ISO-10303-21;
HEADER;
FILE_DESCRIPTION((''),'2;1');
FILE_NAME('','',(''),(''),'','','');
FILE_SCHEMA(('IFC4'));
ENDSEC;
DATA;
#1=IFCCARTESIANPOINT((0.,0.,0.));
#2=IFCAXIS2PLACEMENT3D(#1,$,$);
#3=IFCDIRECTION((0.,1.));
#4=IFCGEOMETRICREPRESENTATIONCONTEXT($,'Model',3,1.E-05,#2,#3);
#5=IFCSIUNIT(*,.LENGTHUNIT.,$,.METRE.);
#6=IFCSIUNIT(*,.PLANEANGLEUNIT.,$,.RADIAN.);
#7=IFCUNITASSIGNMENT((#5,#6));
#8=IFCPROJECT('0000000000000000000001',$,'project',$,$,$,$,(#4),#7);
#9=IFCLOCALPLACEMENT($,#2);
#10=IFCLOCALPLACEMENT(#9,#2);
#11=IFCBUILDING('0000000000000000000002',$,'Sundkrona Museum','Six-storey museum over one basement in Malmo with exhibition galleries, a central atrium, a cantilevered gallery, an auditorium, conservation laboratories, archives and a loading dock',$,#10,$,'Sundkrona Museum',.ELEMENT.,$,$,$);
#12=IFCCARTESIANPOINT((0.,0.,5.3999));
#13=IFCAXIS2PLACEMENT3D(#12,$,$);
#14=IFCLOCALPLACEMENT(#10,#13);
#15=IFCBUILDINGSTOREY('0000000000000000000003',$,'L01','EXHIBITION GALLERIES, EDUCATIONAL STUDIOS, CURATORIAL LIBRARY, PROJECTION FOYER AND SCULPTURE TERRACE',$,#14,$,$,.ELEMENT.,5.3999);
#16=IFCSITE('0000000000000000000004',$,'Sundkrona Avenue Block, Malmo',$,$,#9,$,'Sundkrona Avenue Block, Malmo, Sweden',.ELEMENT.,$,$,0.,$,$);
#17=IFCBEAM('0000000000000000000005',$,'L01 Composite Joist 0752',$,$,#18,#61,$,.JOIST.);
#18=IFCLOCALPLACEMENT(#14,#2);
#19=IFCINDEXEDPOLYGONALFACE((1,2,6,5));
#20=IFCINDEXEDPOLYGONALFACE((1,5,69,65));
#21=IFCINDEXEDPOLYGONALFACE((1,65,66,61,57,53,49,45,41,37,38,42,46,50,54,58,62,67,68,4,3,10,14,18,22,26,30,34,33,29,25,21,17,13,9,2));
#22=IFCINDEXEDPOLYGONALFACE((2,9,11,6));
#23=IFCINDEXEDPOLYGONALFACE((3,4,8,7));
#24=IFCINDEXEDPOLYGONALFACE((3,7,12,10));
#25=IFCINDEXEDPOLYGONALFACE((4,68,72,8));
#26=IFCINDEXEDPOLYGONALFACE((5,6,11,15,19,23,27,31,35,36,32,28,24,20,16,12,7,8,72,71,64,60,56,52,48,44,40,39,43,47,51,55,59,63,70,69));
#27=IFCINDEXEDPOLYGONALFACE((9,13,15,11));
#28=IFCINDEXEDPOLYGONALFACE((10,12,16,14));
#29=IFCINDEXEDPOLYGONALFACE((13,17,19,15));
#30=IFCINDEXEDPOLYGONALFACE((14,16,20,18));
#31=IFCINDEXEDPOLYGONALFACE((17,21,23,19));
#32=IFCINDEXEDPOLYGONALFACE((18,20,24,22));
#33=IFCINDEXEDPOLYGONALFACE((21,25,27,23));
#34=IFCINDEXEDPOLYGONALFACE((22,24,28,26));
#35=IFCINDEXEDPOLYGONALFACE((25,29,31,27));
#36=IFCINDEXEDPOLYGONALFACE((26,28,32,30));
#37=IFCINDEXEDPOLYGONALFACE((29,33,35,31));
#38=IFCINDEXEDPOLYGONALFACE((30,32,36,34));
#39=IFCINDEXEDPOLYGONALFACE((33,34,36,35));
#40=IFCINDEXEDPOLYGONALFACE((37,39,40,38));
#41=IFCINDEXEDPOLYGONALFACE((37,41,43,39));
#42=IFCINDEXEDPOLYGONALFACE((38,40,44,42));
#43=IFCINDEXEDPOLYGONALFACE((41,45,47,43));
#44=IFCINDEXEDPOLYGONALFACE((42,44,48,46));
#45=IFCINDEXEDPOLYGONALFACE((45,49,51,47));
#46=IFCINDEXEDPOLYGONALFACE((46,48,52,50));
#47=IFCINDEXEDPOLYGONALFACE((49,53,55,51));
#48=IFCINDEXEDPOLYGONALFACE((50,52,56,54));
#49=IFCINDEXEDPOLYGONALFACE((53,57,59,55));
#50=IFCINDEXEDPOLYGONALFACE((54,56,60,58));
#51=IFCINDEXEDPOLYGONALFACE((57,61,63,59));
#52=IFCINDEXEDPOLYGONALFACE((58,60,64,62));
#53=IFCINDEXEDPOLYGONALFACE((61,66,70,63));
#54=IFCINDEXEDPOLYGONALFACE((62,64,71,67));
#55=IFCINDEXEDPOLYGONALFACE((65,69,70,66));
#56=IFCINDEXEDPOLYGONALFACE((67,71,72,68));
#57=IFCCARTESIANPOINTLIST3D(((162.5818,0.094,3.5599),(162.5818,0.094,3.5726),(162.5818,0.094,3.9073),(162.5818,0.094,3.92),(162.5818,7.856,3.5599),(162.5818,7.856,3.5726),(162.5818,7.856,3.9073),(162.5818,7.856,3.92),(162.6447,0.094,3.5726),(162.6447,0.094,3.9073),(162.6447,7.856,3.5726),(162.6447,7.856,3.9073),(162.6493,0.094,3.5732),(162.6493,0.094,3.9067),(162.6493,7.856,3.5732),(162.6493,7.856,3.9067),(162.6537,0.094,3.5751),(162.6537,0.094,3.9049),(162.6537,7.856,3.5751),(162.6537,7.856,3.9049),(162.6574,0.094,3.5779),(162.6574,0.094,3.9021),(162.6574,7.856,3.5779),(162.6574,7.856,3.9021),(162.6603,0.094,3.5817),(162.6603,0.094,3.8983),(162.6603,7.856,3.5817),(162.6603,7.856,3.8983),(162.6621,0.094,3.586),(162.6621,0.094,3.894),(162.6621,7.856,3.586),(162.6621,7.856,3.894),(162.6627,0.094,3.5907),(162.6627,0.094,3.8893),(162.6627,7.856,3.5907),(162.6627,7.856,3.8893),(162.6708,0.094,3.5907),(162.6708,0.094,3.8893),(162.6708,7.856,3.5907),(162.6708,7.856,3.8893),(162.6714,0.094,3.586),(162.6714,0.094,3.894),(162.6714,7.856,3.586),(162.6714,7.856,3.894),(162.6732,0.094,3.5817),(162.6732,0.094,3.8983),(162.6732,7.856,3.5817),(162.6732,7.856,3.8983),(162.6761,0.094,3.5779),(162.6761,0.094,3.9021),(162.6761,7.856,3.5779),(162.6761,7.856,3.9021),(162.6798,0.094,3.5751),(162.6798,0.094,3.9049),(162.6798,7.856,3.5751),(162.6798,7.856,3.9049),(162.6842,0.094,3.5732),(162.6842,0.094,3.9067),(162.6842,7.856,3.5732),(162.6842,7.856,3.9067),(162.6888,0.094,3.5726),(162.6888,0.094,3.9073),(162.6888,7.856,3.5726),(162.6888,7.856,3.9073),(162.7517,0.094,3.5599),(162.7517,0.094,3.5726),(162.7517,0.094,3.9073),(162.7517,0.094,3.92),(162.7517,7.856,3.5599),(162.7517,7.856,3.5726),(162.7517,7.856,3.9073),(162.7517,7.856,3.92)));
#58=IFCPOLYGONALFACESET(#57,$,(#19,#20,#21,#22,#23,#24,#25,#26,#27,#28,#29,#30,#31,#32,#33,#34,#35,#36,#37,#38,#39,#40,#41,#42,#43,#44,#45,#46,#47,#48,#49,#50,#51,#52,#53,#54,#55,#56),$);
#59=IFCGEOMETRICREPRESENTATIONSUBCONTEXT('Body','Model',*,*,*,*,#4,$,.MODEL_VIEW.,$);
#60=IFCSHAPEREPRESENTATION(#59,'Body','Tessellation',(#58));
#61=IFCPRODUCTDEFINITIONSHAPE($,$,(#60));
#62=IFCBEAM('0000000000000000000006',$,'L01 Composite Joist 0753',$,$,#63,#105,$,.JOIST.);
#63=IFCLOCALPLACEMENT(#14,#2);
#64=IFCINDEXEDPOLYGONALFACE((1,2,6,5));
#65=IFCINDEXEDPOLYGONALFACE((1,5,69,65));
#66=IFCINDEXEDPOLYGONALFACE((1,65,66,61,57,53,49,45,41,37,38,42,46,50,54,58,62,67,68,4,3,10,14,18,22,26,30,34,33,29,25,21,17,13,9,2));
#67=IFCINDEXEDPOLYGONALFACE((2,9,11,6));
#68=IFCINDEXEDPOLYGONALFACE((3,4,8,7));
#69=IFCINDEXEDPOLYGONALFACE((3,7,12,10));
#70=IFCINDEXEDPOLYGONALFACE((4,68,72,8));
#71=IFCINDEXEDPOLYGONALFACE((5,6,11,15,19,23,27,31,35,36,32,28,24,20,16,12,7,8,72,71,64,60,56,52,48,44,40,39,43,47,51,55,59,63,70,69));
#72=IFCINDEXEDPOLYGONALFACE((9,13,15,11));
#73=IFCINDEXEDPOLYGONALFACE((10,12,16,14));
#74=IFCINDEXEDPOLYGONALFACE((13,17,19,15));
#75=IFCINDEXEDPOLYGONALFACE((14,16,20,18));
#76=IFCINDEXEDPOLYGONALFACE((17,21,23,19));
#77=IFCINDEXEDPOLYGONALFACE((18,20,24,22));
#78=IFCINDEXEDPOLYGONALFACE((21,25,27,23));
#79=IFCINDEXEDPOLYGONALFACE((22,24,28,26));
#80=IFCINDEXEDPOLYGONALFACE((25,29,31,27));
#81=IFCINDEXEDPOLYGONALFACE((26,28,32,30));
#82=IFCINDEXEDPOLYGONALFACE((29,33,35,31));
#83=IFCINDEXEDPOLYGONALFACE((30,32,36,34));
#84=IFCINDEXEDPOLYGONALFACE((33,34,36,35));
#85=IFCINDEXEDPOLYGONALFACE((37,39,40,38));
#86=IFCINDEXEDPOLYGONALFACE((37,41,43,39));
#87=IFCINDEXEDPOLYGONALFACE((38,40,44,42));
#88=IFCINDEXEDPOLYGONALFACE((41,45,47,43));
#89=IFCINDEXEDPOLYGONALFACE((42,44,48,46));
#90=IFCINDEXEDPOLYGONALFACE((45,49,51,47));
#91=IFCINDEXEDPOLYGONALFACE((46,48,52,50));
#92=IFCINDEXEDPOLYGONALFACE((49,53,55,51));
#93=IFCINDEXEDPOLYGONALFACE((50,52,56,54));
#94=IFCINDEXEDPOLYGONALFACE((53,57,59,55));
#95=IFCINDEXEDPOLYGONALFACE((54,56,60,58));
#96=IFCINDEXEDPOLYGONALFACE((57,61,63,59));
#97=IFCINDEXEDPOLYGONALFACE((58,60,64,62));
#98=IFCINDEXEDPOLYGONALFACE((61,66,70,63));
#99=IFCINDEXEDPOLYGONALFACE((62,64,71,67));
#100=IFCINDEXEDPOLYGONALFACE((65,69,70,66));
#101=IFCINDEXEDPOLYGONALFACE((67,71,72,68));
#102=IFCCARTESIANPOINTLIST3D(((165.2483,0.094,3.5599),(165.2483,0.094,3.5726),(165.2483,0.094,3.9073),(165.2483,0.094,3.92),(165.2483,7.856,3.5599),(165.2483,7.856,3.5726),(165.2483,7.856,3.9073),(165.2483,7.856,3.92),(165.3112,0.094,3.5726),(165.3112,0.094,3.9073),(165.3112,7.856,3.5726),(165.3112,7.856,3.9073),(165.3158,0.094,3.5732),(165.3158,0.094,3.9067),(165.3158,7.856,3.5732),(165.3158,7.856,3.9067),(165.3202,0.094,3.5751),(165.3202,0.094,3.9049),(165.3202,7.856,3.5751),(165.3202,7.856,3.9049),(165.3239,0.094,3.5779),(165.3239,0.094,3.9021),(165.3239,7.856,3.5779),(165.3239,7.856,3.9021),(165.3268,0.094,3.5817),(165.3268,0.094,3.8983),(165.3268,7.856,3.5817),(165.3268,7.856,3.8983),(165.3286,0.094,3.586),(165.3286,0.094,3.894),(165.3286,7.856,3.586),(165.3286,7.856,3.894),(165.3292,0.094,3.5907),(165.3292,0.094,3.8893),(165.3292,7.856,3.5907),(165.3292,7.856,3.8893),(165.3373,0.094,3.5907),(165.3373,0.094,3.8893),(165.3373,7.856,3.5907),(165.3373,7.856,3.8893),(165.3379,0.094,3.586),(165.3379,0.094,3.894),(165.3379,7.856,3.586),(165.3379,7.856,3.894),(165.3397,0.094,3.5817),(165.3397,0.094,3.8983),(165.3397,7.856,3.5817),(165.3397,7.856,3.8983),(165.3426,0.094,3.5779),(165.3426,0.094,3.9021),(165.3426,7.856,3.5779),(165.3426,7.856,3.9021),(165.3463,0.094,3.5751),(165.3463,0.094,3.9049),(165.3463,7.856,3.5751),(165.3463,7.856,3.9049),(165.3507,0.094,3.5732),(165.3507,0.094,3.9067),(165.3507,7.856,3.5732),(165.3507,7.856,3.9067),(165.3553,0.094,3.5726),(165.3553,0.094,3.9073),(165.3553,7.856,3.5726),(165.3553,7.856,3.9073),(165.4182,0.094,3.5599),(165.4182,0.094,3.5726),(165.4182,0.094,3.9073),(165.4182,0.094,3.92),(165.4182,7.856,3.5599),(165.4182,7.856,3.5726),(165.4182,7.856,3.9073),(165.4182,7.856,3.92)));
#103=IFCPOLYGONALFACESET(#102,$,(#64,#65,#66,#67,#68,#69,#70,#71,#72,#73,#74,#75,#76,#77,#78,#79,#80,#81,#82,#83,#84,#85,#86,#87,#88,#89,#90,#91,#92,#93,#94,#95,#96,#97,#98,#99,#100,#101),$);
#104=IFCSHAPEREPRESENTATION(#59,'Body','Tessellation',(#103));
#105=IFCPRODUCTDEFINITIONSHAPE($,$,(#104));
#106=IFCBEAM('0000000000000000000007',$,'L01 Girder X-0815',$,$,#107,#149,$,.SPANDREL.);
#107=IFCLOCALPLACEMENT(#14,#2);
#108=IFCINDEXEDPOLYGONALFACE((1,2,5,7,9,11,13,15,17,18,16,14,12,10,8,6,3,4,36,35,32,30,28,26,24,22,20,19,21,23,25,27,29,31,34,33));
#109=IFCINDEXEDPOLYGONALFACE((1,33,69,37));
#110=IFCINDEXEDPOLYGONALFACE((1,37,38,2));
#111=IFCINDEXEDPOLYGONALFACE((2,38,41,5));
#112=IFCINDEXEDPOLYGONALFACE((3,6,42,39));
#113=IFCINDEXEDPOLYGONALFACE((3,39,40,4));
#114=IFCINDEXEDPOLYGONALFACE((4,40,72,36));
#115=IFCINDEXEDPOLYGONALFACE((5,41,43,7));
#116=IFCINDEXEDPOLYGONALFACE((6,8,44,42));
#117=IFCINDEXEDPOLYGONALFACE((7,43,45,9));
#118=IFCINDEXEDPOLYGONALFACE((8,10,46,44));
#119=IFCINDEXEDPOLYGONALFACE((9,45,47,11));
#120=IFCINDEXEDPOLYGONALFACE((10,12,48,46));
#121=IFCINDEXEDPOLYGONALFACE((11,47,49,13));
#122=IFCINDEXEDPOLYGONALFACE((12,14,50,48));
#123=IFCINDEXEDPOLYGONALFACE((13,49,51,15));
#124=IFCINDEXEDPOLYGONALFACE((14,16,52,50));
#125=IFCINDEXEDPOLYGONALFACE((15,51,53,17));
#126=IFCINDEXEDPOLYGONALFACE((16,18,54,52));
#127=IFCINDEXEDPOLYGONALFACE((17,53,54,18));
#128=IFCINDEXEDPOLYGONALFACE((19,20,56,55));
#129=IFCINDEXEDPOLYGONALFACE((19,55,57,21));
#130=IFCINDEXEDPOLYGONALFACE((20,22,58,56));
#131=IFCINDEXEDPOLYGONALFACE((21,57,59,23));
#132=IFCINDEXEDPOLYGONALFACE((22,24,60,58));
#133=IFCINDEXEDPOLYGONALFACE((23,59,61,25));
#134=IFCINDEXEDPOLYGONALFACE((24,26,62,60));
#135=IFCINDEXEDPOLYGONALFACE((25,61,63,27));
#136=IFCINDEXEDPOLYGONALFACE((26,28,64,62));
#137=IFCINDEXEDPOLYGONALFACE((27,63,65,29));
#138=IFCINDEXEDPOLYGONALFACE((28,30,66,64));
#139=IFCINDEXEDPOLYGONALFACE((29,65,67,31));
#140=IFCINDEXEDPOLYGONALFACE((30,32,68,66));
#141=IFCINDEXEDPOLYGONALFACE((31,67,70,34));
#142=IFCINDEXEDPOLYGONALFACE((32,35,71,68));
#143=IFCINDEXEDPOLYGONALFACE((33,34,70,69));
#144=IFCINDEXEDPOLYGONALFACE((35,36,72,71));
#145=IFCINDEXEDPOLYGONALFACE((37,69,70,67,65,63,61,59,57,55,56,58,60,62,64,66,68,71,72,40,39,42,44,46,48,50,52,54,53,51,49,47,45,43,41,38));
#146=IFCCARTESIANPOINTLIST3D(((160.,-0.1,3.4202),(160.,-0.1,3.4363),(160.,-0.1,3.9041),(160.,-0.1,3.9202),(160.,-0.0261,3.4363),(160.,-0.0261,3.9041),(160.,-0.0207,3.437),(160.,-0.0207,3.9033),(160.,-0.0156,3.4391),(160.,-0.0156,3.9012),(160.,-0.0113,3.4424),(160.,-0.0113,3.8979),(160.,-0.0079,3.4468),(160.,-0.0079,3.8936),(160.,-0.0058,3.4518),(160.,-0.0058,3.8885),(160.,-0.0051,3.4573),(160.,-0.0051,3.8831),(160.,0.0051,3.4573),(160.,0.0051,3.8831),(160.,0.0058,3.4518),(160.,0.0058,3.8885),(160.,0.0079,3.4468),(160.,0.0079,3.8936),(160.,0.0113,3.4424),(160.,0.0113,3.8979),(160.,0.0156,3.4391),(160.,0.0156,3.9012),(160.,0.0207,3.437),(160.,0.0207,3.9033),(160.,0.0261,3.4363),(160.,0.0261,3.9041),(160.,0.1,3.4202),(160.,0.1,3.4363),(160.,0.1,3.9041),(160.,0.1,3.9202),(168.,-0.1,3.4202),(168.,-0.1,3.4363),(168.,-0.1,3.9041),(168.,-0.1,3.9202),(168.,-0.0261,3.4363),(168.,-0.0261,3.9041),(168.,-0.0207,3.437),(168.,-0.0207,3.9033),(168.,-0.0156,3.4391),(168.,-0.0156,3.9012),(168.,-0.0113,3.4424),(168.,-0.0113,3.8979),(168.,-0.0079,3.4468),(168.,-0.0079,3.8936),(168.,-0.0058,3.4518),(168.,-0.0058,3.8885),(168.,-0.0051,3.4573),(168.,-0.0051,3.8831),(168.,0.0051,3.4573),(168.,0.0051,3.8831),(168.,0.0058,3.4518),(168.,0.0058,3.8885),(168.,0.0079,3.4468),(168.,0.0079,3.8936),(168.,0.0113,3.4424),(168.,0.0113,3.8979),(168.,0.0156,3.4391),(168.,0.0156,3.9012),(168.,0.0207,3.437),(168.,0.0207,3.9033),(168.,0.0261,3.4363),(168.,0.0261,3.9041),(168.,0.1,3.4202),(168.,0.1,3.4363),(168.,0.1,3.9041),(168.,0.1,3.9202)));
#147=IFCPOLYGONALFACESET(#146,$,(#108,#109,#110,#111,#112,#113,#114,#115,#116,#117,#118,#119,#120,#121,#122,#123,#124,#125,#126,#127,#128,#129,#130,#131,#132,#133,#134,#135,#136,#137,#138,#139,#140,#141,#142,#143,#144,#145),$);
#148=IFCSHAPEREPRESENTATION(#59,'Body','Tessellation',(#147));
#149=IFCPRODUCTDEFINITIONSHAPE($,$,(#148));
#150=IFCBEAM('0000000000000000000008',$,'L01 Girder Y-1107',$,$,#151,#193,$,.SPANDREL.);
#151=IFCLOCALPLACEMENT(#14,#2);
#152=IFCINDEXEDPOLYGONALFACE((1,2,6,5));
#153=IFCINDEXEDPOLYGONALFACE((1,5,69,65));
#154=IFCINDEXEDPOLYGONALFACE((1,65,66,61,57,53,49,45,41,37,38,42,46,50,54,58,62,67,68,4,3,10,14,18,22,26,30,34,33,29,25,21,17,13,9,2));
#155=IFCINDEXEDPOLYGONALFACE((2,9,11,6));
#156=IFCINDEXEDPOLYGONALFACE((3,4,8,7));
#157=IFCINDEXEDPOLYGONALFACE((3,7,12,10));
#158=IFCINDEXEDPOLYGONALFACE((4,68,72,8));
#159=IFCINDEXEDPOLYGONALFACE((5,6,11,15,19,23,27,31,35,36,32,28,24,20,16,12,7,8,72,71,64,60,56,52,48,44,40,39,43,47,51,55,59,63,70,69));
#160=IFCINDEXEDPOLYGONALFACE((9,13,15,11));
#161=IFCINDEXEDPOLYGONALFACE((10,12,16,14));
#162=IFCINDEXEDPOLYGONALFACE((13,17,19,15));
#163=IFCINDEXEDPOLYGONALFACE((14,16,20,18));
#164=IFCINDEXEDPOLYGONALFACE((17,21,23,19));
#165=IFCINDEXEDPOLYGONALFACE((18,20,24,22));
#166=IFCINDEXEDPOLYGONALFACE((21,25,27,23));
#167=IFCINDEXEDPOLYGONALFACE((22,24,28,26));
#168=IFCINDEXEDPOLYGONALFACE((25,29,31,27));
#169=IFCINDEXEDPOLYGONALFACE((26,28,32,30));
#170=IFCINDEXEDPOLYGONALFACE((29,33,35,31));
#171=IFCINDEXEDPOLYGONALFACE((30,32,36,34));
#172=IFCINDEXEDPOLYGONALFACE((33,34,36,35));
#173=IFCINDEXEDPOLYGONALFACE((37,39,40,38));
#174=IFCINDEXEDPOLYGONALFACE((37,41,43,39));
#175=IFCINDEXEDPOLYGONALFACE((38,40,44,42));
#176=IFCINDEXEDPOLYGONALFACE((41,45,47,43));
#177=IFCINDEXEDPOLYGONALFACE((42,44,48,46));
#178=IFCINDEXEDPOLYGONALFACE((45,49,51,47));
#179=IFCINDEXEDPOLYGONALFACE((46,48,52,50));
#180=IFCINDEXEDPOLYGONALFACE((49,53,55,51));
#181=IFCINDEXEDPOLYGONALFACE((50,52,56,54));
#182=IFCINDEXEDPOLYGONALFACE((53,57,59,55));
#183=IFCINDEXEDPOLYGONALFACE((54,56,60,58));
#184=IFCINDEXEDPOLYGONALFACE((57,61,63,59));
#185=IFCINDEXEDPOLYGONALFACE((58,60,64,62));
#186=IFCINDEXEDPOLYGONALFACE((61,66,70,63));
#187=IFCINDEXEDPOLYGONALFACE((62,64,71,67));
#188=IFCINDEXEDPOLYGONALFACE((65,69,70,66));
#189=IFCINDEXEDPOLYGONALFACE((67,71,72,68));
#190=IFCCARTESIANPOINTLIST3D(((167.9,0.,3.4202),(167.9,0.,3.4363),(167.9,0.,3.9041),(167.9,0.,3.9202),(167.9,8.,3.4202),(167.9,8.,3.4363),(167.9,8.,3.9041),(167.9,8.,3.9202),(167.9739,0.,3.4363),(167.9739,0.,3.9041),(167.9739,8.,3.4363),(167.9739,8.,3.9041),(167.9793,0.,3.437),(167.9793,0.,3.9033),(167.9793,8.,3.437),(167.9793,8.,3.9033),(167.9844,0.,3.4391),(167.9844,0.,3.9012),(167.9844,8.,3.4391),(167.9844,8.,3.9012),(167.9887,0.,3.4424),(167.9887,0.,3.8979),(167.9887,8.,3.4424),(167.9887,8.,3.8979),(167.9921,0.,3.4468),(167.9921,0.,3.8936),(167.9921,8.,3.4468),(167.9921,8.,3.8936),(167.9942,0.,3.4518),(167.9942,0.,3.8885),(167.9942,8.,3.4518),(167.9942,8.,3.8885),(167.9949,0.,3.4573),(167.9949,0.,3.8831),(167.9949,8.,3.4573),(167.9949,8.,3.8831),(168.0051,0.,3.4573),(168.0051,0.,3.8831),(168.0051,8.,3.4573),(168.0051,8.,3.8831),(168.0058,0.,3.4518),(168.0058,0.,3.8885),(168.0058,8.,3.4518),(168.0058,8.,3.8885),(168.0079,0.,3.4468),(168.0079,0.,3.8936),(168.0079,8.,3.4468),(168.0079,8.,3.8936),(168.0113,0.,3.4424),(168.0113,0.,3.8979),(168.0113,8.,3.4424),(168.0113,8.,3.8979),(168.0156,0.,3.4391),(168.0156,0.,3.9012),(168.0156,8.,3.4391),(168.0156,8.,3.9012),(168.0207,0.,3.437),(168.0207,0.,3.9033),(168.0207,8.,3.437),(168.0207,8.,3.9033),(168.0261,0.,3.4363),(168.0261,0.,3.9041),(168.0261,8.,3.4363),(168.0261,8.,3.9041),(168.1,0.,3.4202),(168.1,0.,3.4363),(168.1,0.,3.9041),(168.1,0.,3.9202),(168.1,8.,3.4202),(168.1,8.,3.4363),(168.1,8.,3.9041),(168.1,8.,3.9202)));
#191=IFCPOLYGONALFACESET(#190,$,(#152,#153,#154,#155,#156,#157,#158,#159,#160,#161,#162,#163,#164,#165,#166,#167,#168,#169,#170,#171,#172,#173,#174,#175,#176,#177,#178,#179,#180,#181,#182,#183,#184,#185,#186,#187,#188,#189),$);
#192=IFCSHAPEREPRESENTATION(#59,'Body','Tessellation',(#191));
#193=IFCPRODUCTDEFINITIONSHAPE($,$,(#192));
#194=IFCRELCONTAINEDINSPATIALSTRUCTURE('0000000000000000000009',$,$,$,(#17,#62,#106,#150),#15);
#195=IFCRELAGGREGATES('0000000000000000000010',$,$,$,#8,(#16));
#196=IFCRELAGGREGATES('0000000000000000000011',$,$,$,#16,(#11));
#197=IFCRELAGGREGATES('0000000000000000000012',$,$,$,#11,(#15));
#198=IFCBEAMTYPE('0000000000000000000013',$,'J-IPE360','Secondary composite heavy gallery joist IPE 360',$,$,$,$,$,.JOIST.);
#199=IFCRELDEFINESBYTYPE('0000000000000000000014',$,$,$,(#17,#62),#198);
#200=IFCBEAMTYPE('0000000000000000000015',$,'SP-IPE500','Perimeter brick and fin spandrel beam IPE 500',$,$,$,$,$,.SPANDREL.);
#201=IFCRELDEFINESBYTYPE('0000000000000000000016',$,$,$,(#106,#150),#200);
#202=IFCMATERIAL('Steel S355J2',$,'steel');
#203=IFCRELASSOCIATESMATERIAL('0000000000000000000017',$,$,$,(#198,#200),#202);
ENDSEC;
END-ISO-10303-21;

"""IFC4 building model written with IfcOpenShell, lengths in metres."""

from ifc_helpers import new_model, si_unit, direction, frame, origin, origin_2d, place, context, subcontext, project, spatial, i_section, extrude, material, material_profile, profile_set, type_object, element, save


model = new_model("IFC4")

# Units and contexts
model_context = context("Model", 3, precision=1e-05, world=origin(), true_north=direction((0.0, 1.0)))
body_context = subcontext(model_context, "Body", "Model", "MODEL_VIEW")
ifc_project = project(units=[si_unit("LENGTHUNIT", "METRE"), si_unit("PLANEANGLEUNIT", "RADIAN")], contexts=[model_context])

# Site, building, storey
site_placement = place(None, origin())
site = spatial("IfcSite", under=ifc_project, at=site_placement, Name="Sundkrona Avenue Block, Malmo", LongName="Sundkrona Avenue Block, Malmo, Sweden", CompositionType="ELEMENT", RefElevation=0.0)
building_placement = place(site_placement, origin())
building = spatial("IfcBuilding", under=site, at=building_placement, Name="Sundkrona Museum", Description="Six-storey museum over one basement in Malmo with exhibition galleries, a central atrium, a cantilevered gallery, an auditorium, conservation laboratories, archives and a loading dock", LongName="Sundkrona Museum", CompositionType="ELEMENT")
storey_placement = place(building_placement, frame((0.0, 0.0, 5.3999)))
storey = spatial("IfcBuildingStorey", under=building, at=storey_placement, Name="L01", Description="EXHIBITION GALLERIES, EDUCATIONAL STUDIOS, CURATORIAL LIBRARY, PROJECTION FOYER AND SCULPTURE TERRACE", CompositionType="ELEMENT", Elevation=5.3999)

# Shared definitions
ifc_material_1 = material(Name="Steel S355J2", Category="steel")

# Beams
ifc_material_profile_1 = material_profile(ifc_material_1, i_section(OverallWidth=0.1699, OverallDepth=0.3601, WebThickness=0.0081, FlangeThickness=0.0127, FilletRadius=0.0181, at=origin_2d()), Name="IPE 360")
ifc_profile_set_1 = profile_set([ifc_material_profile_1], Name="Steel S355J2")
beam_type_1 = type_object("IfcBeamType", Name="J-IPE360", Description="Secondary composite heavy gallery joist IPE 360", PredefinedType="JOIST", material=ifc_profile_set_1)
for number, where, z_axis, x_axis, name in (
    (1, (162.6667, 0.094, 3.74), (0.0, 1.0, 0.0), (-1.0, 0.0, 0.0), "L01 Composite Joist 0752"),
    (2, (165.3333, 0.094, 3.74), (0.0, 1.0, 0.0), (-1.0, 0.0, 0.0), "L01 Composite Joist 0753"),
):
    element("IfcBeam", number, at=place(storey_placement, frame(where, z_axis=z_axis, x_axis=x_axis)), inside=storey, type_object=beam_type_1, Name=name, PredefinedType="JOIST", context=body_context, shape_type="SweptSolid", body=[
        extrude(i_section(OverallWidth=0.1699, OverallDepth=0.3601, WebThickness=0.0081, FlangeThickness=0.0127, FilletRadius=0.0181, at=origin_2d()), origin(), (0.0, 0.0, 1.0), 7.762),
    ])
ifc_material_profile_2 = material_profile(ifc_material_1, i_section(OverallWidth=0.2, OverallDepth=0.5, WebThickness=0.0103, FlangeThickness=0.0161, FilletRadius=0.021, at=origin_2d()), Name="IPE 500")
ifc_profile_set_2 = profile_set([ifc_material_profile_2], Name="Steel S355J2")
beam_type_2 = type_object("IfcBeamType", Name="SP-IPE500", Description="Perimeter brick and fin spandrel beam IPE 500", PredefinedType="SPANDREL", material=ifc_profile_set_2)
for number, where, z_axis, x_axis, name in (
    (3, (160.0, 0.0, 3.6702), (1.0, 0.0, 0.0), (0.0, 1.0, 0.0), "L01 Girder X-0815"),
    (4, (168.0, 0.0, 3.6702), (0.0, 1.0, 0.0), (-1.0, 0.0, 0.0), "L01 Girder Y-1107"),
):
    element("IfcBeam", number, at=place(storey_placement, frame(where, z_axis=z_axis, x_axis=x_axis)), inside=storey, type_object=beam_type_2, Name=name, PredefinedType="SPANDREL", context=body_context, shape_type="SweptSolid", body=[
        extrude(i_section(OverallWidth=0.2, OverallDepth=0.5, WebThickness=0.0103, FlangeThickness=0.0161, FilletRadius=0.021, at=origin_2d()), origin(), (0.0, 0.0, 1.0), 8.0),
    ])

save(model, "model.ifc")
